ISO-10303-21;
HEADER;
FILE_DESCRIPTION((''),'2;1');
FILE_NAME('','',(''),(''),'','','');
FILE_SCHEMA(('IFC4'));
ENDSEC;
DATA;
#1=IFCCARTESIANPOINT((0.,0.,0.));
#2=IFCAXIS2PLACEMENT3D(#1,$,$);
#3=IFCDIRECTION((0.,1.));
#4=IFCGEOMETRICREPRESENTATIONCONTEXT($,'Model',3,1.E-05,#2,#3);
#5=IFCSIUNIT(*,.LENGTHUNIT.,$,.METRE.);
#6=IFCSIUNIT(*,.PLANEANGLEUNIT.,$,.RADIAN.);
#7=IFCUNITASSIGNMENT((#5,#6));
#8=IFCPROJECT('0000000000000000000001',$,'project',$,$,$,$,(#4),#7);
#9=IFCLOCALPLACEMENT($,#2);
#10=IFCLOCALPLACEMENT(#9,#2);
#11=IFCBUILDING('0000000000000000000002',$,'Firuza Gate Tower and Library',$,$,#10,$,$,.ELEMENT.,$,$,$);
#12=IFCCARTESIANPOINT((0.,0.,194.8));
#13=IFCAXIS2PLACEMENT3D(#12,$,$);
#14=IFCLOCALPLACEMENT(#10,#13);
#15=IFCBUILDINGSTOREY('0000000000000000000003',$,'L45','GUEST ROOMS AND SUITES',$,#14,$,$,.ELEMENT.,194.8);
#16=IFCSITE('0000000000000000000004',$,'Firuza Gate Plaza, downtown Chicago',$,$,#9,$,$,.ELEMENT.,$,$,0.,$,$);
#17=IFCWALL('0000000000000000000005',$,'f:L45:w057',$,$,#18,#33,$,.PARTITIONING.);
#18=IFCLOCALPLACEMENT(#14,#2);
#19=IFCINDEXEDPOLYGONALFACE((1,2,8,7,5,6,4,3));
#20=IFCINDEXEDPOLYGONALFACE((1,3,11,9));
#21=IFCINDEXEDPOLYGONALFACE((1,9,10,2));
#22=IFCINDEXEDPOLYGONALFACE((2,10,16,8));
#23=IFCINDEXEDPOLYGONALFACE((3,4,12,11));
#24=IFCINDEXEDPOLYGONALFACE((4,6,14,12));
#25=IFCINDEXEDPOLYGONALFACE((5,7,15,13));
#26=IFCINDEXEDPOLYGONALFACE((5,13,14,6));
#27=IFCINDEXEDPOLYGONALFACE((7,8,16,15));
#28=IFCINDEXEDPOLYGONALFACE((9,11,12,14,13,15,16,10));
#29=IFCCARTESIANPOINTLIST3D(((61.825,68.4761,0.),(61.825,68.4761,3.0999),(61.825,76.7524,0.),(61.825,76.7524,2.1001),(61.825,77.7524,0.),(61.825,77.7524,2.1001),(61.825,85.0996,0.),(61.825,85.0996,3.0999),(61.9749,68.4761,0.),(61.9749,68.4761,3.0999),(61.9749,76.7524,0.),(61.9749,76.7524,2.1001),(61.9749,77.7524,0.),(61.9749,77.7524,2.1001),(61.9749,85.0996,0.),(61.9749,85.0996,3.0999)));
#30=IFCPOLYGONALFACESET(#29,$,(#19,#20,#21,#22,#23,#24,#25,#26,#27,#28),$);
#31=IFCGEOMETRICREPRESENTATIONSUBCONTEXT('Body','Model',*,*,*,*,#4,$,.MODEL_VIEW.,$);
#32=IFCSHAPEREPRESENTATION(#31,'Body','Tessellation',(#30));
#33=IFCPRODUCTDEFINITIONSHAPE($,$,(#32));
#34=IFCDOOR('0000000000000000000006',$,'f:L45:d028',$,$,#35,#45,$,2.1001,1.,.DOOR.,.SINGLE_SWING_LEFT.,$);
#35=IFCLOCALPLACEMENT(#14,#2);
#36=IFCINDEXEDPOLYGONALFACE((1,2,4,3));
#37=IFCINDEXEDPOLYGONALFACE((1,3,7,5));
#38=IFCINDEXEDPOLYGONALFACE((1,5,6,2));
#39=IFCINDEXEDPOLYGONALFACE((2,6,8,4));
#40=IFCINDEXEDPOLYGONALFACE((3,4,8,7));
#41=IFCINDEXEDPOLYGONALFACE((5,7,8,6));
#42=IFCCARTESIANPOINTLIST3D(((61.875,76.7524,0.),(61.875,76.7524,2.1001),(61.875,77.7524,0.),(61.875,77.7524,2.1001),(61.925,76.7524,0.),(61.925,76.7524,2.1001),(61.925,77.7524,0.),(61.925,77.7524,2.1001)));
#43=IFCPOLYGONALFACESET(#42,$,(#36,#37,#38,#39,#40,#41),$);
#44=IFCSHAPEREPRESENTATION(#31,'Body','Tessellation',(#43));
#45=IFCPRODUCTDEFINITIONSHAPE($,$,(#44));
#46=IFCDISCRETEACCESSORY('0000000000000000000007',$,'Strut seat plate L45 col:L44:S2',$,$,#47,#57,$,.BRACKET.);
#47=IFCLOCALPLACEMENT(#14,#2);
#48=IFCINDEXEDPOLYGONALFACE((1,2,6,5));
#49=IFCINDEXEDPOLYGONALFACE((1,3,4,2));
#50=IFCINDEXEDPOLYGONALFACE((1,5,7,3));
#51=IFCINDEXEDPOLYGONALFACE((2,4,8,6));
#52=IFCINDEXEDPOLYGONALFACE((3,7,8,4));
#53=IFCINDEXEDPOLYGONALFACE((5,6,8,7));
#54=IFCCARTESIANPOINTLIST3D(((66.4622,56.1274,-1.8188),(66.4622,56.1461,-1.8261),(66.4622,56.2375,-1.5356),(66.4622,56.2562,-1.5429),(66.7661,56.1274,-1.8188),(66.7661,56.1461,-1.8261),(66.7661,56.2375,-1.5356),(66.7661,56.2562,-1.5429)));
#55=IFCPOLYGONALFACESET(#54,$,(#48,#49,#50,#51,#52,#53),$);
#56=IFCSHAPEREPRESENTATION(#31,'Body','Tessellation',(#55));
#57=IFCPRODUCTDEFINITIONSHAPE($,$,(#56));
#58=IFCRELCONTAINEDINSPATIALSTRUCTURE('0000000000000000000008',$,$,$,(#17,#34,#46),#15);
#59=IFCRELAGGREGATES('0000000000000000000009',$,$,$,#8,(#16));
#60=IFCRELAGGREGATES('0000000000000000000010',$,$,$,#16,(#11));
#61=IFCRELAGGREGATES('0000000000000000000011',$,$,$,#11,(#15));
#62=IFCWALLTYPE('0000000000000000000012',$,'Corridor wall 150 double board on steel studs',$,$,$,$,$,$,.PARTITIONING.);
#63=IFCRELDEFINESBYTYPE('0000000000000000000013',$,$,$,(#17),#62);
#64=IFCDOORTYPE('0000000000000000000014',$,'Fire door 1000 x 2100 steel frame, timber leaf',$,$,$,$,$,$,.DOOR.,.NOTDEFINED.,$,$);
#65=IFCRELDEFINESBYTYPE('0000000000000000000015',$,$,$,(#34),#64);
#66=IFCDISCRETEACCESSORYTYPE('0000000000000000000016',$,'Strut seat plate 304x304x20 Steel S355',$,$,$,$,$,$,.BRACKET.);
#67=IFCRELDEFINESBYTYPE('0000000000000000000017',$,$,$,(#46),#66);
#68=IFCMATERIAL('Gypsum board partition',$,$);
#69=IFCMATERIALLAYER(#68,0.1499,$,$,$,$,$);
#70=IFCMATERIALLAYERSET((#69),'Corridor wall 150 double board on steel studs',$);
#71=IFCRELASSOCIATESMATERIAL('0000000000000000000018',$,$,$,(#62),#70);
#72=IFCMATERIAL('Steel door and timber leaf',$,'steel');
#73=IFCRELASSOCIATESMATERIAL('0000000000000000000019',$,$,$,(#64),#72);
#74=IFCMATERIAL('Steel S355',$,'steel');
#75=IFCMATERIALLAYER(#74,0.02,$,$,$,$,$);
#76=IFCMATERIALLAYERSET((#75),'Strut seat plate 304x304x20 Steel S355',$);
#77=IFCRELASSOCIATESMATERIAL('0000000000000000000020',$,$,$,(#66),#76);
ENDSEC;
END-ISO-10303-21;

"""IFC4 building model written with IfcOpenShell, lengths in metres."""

from ifc_helpers import new_model, si_unit, direction, frame, frame_2d, origin, place, context, subcontext, project, spatial, polyline, rectangle, outline, extrude, material, layer, layer_set, type_object, element, fill, save


model = new_model("IFC4")

# Units and contexts
model_context = context("Model", 3, precision=1e-05, world=origin(), true_north=direction((0.0, 1.0)))
body_context = subcontext(model_context, "Body", "Model", "MODEL_VIEW")
ifc_project = project(units=[si_unit("LENGTHUNIT", "METRE"), si_unit("PLANEANGLEUNIT", "RADIAN")], contexts=[model_context])

# Site, building, storey
site_placement = place(None, origin())
site = spatial("IfcSite", under=ifc_project, at=site_placement, Name="Firuza Gate Plaza, downtown Chicago", CompositionType="ELEMENT", RefElevation=0.0)
building_placement = place(site_placement, origin())
building = spatial("IfcBuilding", under=site, at=building_placement, Name="Firuza Gate Tower and Library", CompositionType="ELEMENT")
storey_placement = place(building_placement, frame((0.0, 0.0, 194.8)))
storey = spatial("IfcBuildingStorey", under=building, at=storey_placement, Name="L45", Description="GUEST ROOMS AND SUITES", CompositionType="ELEMENT", Elevation=194.8)

# Shared definitions
ifc_material_1 = material(Name="Gypsum board partition")
ifc_layer_1 = layer(ifc_material_1, 0.1499)
ifc_layer_set_1 = layer_set([ifc_layer_1], Name="Corridor wall 150 double board on steel studs")
wall_type_1 = type_object("IfcWallType", Name="Corridor wall 150 double board on steel studs", PredefinedType="PARTITIONING", material=ifc_layer_set_1)
ifc_material_2 = material(Name="Steel door and timber leaf", Category="steel")
door_type_1 = type_object("IfcDoorType", Name="Fire door 1000 x 2100 steel frame, timber leaf", OperationType="NOTDEFINED", PredefinedType="DOOR", material=ifc_material_2)

# Wall, opening, door
wall_1_placement = place(storey_placement, frame((61.8999, 68.4761, 0.0), z_axis=(0.0, 0.0, 1.0), x_axis=(0.0, 1.0, 0.0)))
wall_1 = element("IfcWall", 1, at=wall_1_placement, inside=storey, type_object=wall_type_1, Name="f:L45:w057", PredefinedType="PARTITIONING", context=body_context, shape_type="SweptSolid", body=[
    extrude(rectangle(XDim=16.6235, YDim=0.1499, at=frame_2d((8.3118, 0.0))), origin(), (0.0, 0.0, 1.0), 3.0999),
])
opening_1_placement = place(wall_1_placement, frame((8.2764, 0.0, 0.0)))
opening_1 = element("IfcOpeningElement", 2, at=opening_1_placement, cuts=wall_1, PredefinedType="OPENING", context=body_context, shape_type="SweptSolid", body=[
    extrude(rectangle(XDim=1.0, YDim=2.1001, at=frame_2d((0.5, 1.05))), frame((0.0, 0.085, 0.0), z_axis=(0.0, -1.0, 0.0), x_axis=(1.0, 0.0, 0.0)), (0.0, 0.0, 1.0), 0.1699),
])
door_1_placement = place(opening_1_placement, origin())
door_1 = element("IfcDoor", 3, at=door_1_placement, inside=storey, type_object=door_type_1, Name="f:L45:d028", OperationType="SINGLE_SWING_LEFT", OverallHeight=2.1001, OverallWidth=1.0, PredefinedType="DOOR", context=body_context, shape_type="SweptSolid", body=[
    extrude(rectangle(XDim=1.0, YDim=2.1001, at=frame_2d((0.5, 1.05))), frame((0.0, 0.0249, 0.0), z_axis=(0.0, -1.0, 0.0), x_axis=(1.0, 0.0, 0.0)), (0.0, 0.0, 1.0), 0.05),
])
fill(opening_1, door_1)

# Discrete accessory
ifc_material_3 = material(Name="Steel S355", Category="steel")
ifc_layer_2 = layer(ifc_material_3, 0.02)
ifc_layer_set_2 = layer_set([ifc_layer_2], Name="Strut seat plate 304x304x20 Steel S355")
discrete_accessory_type = type_object("IfcDiscreteAccessoryType", Name="Strut seat plate 304x304x20 Steel S355", PredefinedType="BRACKET", material=ifc_layer_set_2)
discrete_accessory_placement = place(storey_placement, frame((66.7661, 56.2375, -1.5356), z_axis=(0.0, -0.932035, 0.362369), x_axis=(-1.0, 0.0, 0.0)))
element("IfcDiscreteAccessory", 4, at=discrete_accessory_placement, inside=storey, type_object=discrete_accessory_type, Name="Strut seat plate L45 col:L44:S2", PredefinedType="BRACKET", context=body_context, shape_type="SweptSolid", body=[
    extrude(outline(polyline([(0.0, 0.0), (0.304, 0.0), (0.304, 0.3039), (0.0, 0.3039), (0.0, 0.0)])), origin(), (0.0, 0.0, -1.0), 0.02),
])

save(model, "model.ifc")
